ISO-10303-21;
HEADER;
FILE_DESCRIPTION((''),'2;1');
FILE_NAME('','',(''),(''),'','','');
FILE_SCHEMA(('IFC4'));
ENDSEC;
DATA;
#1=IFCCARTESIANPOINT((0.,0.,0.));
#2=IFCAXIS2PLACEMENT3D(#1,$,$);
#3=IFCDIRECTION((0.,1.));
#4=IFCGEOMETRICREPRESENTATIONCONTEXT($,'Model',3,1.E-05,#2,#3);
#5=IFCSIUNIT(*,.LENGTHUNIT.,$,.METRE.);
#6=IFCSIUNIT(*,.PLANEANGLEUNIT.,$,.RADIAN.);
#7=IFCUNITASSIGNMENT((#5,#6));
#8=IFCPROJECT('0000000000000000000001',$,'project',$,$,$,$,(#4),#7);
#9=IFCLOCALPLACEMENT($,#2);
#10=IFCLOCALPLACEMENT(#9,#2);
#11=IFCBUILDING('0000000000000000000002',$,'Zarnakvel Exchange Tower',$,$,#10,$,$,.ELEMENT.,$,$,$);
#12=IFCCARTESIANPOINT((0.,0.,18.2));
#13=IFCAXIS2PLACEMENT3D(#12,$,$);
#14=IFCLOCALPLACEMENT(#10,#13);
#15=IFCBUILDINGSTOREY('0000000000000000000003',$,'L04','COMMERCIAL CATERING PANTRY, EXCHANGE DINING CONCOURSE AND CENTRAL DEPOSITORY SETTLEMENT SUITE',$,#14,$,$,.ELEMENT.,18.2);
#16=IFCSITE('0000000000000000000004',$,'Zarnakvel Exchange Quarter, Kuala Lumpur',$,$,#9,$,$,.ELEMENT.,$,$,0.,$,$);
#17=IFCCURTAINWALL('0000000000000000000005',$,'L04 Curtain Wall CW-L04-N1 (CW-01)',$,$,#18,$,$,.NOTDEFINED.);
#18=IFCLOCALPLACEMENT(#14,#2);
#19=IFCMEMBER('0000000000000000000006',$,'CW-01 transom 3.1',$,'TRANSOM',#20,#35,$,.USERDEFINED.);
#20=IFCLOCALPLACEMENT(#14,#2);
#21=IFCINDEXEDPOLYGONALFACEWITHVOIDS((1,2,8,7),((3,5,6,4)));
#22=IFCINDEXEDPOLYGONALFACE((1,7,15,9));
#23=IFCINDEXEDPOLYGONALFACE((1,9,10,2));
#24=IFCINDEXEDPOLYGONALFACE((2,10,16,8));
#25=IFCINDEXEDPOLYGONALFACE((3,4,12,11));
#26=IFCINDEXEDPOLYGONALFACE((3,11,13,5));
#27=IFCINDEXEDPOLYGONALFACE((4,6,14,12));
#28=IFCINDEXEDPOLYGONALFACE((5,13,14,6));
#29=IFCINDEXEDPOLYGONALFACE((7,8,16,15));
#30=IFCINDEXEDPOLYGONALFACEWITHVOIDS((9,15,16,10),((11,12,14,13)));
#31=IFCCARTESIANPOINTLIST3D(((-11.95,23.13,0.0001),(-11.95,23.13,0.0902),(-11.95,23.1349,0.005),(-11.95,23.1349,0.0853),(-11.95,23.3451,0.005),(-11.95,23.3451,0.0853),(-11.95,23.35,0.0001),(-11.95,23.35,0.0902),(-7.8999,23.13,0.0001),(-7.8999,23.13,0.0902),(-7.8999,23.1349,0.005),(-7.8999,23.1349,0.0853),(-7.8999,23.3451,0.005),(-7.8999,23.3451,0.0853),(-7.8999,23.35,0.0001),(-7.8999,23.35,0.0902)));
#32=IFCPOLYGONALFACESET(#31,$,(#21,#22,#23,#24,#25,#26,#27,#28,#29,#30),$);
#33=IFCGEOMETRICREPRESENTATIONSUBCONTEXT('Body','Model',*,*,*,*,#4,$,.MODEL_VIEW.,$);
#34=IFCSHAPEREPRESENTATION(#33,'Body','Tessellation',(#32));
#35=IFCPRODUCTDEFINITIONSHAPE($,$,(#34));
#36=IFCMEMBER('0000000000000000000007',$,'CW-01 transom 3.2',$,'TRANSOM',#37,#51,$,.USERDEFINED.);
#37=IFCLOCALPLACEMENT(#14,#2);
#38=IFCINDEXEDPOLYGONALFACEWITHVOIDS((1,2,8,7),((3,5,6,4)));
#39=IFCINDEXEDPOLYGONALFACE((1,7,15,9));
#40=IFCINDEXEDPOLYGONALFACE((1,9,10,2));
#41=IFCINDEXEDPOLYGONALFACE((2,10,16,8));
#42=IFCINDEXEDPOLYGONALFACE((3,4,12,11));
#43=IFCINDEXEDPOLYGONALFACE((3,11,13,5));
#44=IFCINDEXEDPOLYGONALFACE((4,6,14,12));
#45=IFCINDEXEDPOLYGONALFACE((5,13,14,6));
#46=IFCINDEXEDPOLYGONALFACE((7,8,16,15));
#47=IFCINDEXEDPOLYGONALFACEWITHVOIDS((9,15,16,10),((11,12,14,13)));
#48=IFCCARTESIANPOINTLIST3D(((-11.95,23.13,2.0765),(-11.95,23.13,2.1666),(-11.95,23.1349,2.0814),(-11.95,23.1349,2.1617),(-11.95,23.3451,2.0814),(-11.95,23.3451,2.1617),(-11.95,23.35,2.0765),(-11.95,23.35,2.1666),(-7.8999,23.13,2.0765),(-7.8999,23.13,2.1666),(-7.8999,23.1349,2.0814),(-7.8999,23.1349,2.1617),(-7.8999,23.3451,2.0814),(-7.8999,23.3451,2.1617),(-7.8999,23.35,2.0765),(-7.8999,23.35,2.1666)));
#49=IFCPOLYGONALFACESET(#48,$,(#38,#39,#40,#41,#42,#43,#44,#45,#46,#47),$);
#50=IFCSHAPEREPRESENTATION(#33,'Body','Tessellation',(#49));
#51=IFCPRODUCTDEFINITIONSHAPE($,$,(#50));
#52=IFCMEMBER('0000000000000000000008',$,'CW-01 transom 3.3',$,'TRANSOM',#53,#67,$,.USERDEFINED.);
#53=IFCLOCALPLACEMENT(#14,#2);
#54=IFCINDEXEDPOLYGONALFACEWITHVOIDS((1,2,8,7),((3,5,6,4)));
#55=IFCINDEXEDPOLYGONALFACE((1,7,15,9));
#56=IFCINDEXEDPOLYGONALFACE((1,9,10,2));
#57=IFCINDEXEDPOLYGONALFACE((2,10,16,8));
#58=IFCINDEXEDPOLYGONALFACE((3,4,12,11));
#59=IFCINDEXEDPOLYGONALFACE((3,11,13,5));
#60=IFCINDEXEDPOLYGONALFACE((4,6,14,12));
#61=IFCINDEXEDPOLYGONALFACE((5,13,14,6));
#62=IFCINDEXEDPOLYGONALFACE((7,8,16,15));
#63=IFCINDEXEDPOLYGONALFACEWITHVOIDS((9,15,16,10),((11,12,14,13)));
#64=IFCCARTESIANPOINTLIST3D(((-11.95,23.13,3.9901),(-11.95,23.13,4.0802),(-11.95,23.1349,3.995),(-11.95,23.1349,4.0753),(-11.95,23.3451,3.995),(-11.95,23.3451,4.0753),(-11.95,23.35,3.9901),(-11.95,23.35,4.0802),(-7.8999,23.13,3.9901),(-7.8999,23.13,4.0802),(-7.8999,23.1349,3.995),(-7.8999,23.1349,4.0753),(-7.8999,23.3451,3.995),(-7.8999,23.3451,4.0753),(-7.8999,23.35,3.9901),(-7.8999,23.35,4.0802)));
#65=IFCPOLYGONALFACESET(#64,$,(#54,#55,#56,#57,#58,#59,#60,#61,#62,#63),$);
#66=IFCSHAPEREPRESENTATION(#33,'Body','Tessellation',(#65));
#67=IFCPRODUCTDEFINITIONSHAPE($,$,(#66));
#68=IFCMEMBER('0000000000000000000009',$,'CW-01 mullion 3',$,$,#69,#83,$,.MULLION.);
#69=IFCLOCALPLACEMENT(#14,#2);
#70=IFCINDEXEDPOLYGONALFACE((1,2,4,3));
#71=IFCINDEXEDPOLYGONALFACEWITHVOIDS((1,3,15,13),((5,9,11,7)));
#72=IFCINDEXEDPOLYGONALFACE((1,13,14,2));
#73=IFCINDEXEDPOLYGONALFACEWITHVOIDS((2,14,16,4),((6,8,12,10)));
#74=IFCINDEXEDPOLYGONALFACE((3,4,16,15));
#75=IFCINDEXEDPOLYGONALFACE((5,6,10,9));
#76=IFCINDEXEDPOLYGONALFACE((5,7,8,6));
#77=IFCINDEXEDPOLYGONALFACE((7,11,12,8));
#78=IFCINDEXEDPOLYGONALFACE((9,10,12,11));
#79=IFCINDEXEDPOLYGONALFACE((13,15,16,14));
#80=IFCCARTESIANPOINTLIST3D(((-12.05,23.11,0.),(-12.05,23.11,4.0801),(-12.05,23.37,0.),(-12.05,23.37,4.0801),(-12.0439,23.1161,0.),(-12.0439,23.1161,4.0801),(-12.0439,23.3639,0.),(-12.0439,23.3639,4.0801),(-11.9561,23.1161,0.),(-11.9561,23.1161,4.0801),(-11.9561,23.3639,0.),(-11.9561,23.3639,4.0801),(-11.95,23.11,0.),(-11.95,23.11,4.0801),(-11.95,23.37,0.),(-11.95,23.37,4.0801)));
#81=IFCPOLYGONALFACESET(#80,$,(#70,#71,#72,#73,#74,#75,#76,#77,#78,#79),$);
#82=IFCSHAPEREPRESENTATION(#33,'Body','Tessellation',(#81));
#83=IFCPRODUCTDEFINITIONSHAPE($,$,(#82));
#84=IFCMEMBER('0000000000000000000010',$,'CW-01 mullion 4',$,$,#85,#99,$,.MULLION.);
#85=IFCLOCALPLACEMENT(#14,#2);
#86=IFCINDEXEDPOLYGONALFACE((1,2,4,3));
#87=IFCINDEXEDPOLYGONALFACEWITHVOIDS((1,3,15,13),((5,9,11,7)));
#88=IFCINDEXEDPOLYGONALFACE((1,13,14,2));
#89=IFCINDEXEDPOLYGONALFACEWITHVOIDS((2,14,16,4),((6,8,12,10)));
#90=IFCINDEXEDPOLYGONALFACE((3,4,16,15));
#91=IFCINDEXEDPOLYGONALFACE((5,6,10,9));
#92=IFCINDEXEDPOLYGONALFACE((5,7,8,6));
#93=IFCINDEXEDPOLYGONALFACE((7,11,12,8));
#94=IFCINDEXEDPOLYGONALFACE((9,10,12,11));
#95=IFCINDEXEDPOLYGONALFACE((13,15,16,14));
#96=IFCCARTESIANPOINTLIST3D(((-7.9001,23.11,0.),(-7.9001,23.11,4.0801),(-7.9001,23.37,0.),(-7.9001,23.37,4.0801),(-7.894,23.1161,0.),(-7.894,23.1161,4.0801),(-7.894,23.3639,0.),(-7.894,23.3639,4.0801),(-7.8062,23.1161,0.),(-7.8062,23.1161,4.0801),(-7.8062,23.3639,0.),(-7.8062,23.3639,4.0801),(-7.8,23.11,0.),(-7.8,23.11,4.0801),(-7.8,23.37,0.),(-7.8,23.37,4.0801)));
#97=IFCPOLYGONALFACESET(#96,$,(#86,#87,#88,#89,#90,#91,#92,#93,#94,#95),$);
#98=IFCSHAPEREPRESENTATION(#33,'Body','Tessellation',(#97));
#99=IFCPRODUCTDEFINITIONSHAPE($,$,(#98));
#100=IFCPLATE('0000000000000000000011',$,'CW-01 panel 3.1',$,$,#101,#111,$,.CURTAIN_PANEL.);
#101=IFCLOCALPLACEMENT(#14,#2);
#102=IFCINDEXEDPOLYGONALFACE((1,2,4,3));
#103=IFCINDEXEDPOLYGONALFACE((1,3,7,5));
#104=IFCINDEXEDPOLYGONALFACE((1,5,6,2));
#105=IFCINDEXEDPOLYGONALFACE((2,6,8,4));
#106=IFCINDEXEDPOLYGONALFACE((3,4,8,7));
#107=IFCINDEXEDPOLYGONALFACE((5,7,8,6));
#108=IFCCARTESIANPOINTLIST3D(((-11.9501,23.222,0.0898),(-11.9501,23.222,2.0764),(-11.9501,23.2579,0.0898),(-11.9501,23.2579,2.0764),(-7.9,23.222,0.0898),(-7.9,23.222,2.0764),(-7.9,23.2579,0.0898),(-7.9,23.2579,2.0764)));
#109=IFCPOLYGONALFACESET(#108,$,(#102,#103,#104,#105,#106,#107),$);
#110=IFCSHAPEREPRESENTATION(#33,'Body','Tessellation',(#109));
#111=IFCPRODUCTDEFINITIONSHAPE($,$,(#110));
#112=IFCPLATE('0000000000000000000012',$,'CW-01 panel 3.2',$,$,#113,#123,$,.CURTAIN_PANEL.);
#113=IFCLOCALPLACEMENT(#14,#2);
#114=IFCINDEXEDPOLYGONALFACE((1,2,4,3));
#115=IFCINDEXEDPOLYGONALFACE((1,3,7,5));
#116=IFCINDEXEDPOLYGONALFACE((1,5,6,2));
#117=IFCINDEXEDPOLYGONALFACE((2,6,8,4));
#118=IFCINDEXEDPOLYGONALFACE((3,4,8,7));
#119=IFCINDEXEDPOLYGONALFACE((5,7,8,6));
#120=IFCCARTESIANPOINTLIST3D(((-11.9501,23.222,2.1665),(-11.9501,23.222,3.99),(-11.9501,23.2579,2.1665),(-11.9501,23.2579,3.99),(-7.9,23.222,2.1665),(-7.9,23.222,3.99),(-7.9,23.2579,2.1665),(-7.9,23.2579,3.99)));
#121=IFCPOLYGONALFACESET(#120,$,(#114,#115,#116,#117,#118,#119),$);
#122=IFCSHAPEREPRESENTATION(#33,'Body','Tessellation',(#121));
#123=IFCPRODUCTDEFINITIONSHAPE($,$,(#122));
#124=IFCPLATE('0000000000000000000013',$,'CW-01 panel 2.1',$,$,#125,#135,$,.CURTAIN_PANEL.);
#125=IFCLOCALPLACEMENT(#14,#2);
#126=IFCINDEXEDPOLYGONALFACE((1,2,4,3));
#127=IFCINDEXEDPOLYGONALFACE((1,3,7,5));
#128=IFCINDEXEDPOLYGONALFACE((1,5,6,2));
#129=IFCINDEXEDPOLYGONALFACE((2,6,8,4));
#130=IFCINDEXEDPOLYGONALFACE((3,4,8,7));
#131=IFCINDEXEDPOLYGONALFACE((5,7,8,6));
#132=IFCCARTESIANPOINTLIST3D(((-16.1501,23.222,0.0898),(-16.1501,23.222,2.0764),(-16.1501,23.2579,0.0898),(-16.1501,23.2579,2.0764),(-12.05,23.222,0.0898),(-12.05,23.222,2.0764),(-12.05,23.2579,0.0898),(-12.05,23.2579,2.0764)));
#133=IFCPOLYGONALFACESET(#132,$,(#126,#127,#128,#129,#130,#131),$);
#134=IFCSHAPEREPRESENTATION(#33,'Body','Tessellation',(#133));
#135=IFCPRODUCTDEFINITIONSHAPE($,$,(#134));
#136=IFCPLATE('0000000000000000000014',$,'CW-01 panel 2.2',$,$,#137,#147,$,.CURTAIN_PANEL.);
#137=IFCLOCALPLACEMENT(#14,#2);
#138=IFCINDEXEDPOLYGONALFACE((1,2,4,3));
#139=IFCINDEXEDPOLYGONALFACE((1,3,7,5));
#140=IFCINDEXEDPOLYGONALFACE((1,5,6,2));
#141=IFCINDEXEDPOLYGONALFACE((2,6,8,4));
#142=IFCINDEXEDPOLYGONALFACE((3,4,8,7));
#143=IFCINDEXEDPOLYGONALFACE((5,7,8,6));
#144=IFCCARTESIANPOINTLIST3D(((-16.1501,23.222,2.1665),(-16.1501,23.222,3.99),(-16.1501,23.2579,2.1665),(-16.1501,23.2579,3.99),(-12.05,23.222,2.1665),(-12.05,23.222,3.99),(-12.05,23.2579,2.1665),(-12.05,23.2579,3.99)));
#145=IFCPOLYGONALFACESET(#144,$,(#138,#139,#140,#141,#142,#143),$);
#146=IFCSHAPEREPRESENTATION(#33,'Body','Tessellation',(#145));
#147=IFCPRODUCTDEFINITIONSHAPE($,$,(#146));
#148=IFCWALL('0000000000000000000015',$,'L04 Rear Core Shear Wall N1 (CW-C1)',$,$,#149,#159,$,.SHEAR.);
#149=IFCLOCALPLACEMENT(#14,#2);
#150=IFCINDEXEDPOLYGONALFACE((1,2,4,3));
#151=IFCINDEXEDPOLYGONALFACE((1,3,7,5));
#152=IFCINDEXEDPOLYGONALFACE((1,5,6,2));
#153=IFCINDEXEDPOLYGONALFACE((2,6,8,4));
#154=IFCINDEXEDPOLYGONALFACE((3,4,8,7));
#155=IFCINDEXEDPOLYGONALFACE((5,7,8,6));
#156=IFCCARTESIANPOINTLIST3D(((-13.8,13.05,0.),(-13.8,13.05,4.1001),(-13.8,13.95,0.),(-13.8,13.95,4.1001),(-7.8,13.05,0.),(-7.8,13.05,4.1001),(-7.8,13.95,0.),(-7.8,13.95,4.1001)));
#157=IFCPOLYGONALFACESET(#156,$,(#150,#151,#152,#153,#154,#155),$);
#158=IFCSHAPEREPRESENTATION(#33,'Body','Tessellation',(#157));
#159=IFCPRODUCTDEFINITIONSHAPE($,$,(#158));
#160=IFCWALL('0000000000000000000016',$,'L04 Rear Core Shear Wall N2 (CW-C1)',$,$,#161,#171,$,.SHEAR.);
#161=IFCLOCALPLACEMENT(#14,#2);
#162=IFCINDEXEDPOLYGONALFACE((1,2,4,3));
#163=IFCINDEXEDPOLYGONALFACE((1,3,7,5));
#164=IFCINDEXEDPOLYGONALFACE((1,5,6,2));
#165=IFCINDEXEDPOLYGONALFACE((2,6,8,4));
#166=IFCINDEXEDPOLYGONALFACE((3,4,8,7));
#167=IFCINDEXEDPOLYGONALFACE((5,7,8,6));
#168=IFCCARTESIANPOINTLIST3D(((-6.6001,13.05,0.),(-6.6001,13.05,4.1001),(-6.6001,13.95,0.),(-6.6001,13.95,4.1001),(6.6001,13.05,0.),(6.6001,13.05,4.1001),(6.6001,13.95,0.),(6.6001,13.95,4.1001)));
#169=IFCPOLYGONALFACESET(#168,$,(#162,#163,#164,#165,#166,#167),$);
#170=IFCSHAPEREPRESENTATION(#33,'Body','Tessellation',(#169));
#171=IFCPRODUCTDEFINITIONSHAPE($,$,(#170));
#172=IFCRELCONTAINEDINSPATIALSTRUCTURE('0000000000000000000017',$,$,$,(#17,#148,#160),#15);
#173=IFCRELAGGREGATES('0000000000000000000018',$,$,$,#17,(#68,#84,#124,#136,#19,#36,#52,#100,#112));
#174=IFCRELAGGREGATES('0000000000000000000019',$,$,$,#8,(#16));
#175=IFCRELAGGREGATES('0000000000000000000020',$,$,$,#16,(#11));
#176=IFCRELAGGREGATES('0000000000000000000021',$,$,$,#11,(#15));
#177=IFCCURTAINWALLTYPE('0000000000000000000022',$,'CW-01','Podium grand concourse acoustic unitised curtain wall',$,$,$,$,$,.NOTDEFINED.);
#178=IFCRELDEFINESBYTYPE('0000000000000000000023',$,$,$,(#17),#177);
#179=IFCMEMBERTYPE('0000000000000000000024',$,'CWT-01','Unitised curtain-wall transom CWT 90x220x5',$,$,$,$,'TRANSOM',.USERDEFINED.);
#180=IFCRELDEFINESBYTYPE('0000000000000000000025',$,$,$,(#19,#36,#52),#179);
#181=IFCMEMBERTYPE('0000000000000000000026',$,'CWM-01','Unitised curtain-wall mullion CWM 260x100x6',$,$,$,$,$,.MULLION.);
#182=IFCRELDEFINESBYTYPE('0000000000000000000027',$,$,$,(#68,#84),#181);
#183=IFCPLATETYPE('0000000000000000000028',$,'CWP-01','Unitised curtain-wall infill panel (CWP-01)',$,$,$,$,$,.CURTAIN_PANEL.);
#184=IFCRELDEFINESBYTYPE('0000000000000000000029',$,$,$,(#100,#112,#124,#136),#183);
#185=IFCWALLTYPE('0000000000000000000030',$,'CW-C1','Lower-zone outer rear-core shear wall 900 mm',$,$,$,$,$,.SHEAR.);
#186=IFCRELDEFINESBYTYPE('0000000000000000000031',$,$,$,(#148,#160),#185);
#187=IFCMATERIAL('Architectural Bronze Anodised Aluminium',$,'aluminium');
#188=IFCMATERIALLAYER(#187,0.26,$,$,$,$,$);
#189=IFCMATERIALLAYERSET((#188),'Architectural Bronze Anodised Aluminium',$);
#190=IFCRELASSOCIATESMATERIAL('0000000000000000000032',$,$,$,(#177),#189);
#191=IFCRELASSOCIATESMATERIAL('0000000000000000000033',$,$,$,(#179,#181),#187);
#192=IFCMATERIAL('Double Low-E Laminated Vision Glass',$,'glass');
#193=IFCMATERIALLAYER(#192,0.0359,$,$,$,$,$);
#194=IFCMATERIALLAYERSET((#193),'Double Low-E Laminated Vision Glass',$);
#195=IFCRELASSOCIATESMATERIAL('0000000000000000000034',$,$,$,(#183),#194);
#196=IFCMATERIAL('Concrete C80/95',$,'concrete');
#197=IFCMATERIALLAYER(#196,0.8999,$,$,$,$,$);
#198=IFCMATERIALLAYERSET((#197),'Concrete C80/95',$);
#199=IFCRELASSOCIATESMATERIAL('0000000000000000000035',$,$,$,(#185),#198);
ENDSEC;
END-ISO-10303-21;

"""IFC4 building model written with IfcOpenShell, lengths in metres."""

from ifc_helpers import new_model, si_unit, direction, frame, frame_2d, origin, origin_2d, place, context, subcontext, project, spatial, rectangle, hollow_rectangle, extrude, source, transform, mapped, material, layer, layer_set, material_profile, profile_set, type_object, element, aggregate, save


model = new_model("IFC4")

# Units and contexts
model_context = context("Model", 3, precision=1e-05, world=origin(), true_north=direction((0.0, 1.0)))
body_context = subcontext(model_context, "Body", "Model", "MODEL_VIEW")
ifc_project = project(units=[si_unit("LENGTHUNIT", "METRE"), si_unit("PLANEANGLEUNIT", "RADIAN")], contexts=[model_context])

# Site, building, storey
site_placement = place(None, origin())
site = spatial("IfcSite", under=ifc_project, at=site_placement, Name="Zarnakvel Exchange Quarter, Kuala Lumpur", CompositionType="ELEMENT", RefElevation=0.0)
building_placement = place(site_placement, origin())
building = spatial("IfcBuilding", under=site, at=building_placement, Name="Zarnakvel Exchange Tower", CompositionType="ELEMENT")
storey_placement = place(building_placement, frame((0.0, 0.0, 18.2)))
storey = spatial("IfcBuildingStorey", under=building, at=storey_placement, Name="L04", Description="COMMERCIAL CATERING PANTRY, EXCHANGE DINING CONCOURSE AND CENTRAL DEPOSITORY SETTLEMENT SUITE", CompositionType="ELEMENT", Elevation=18.2)

# Shared definitions
ifc_material_1 = material(Name="Concrete C80/95", Category="concrete")

# Curtain wall, members, plates
ifc_material_2 = material(Name="Architectural Bronze Anodised Aluminium", Category="aluminium")
ifc_layer_1 = layer(ifc_material_2, 0.26)
ifc_layer_set_1 = layer_set([ifc_layer_1], Name="Architectural Bronze Anodised Aluminium")
curtain_wall_type = type_object("IfcCurtainWallType", Name="CW-01", Description="Podium grand concourse acoustic unitised curtain wall", PredefinedType="NOTDEFINED", material=ifc_layer_set_1)
curtain_wall_placement = place(storey_placement, origin())
curtain_wall = element("IfcCurtainWall", 1, at=curtain_wall_placement, inside=storey, type_object=curtain_wall_type, Name="L04 Curtain Wall CW-L04-N1 (CW-01)", PredefinedType="NOTDEFINED")
ifc_material_profile_1 = material_profile(ifc_material_2, hollow_rectangle(XDim=0.22, YDim=0.0901, WallThickness=0.0049, at=origin_2d()))
ifc_profile_set_1 = profile_set([ifc_material_profile_1], Name="Architectural Bronze Anodised Aluminium")
member_type_1 = type_object("IfcMemberType", Name="CWT-01", Description="Unitised curtain-wall transom CWT 90x220x5", ElementType="TRANSOM", PredefinedType="USERDEFINED", material=ifc_profile_set_1)
shared_shape_1 = source(origin(), body_context, "Body", "SweptSolid", [
    extrude(hollow_rectangle(XDim=0.22, YDim=0.0901, WallThickness=0.0049, at=origin_2d()), origin(), (0.0, 0.0, 1.0), 4.05),
])
member_1_placement = place(storey_placement, frame((-11.95, 23.24, 0.0452), z_axis=(1.0, 0.0, 0.0), x_axis=(0.0, 1.0, 0.0)))
member_1 = element("IfcMember", 2, at=member_1_placement, type_object=member_type_1, Name="CW-01 transom 3.1", ObjectType="TRANSOM", PredefinedType="USERDEFINED", context=body_context, shape_type="MappedRepresentation", body=[
    mapped(shared_shape_1, transform((0.0, 0.0, 0.0), x_axis=(1.0, 0.0, 0.0), y_axis=(0.0, 1.0, 0.0), z_axis=(0.0, 0.0, 1.0), scale=1.0)),
])
member_2_placement = place(storey_placement, frame((-11.95, 23.24, 2.1216), z_axis=(1.0, 0.0, 0.0), x_axis=(0.0, 1.0, 0.0)))
member_2 = element("IfcMember", 3, at=member_2_placement, type_object=member_type_1, Name="CW-01 transom 3.2", ObjectType="TRANSOM", PredefinedType="USERDEFINED", context=body_context, shape_type="MappedRepresentation", body=[
    mapped(shared_shape_1, transform((0.0, 0.0, 0.0), x_axis=(1.0, 0.0, 0.0), y_axis=(0.0, 1.0, 0.0), z_axis=(0.0, 0.0, 1.0), scale=1.0)),
])
member_3_placement = place(storey_placement, frame((-11.95, 23.24, 4.0352), z_axis=(1.0, 0.0, 0.0), x_axis=(0.0, 1.0, 0.0)))
member_3 = element("IfcMember", 4, at=member_3_placement, type_object=member_type_1, Name="CW-01 transom 3.3", ObjectType="TRANSOM", PredefinedType="USERDEFINED", context=body_context, shape_type="MappedRepresentation", body=[
    mapped(shared_shape_1, transform((0.0, 0.0, 0.0), x_axis=(1.0, 0.0, 0.0), y_axis=(0.0, 1.0, 0.0), z_axis=(0.0, 0.0, 1.0), scale=1.0)),
])
ifc_material_profile_2 = material_profile(ifc_material_2, hollow_rectangle(XDim=0.26, YDim=0.1001, WallThickness=0.0061, at=origin_2d()))
ifc_profile_set_2 = profile_set([ifc_material_profile_2], Name="Architectural Bronze Anodised Aluminium")
member_type_2 = type_object("IfcMemberType", Name="CWM-01", Description="Unitised curtain-wall mullion CWM 260x100x6", PredefinedType="MULLION", material=ifc_profile_set_2)
shared_shape_2 = source(origin(), body_context, "Body", "SweptSolid", [
    extrude(hollow_rectangle(XDim=0.26, YDim=0.1001, WallThickness=0.0061, at=origin_2d()), origin(), (0.0, 0.0, 1.0), 4.0801),
])
member_4_placement = place(storey_placement, frame((-12.0, 23.24, 0.0), z_axis=(0.0, 0.0, 1.0), x_axis=(0.0, 1.0, 0.0)))
member_4 = element("IfcMember", 5, at=member_4_placement, type_object=member_type_2, Name="CW-01 mullion 3", PredefinedType="MULLION", context=body_context, shape_type="MappedRepresentation", body=[
    mapped(shared_shape_2, transform((0.0, 0.0, 0.0), x_axis=(1.0, 0.0, 0.0), y_axis=(0.0, 1.0, 0.0), z_axis=(0.0, 0.0, 1.0), scale=1.0)),
])
member_5_placement = place(storey_placement, frame((-7.8501, 23.24, 0.0), z_axis=(0.0, 0.0, 1.0), x_axis=(0.0, 1.0, 0.0)))
member_5 = element("IfcMember", 6, at=member_5_placement, type_object=member_type_2, Name="CW-01 mullion 4", PredefinedType="MULLION", context=body_context, shape_type="MappedRepresentation", body=[
    mapped(shared_shape_2, transform((0.0, 0.0, 0.0), x_axis=(1.0, 0.0, 0.0), y_axis=(0.0, 1.0, 0.0), z_axis=(0.0, 0.0, 1.0), scale=1.0)),
])
ifc_material_3 = material(Name="Double Low-E Laminated Vision Glass", Category="glass")
ifc_layer_2 = layer(ifc_material_3, 0.0359)
ifc_layer_set_2 = layer_set([ifc_layer_2], Name="Double Low-E Laminated Vision Glass")
plate_type = type_object("IfcPlateType", Name="CWP-01", Description="Unitised curtain-wall infill panel (CWP-01)", PredefinedType="CURTAIN_PANEL", material=ifc_layer_set_2)
shared_shape_3 = source(origin(), body_context, "Body", "SweptSolid", [
    extrude(rectangle(XDim=4.05, YDim=0.0359, at=origin_2d()), origin(), (0.0, 0.0, 1.0), 1.9866),
])
plate_1_placement = place(storey_placement, frame((-9.925, 23.24, 0.0898), z_axis=(0.0, 0.0, 1.0), x_axis=(1.0, 0.0, 0.0)))
plate_1 = element("IfcPlate", 7, at=plate_1_placement, type_object=plate_type, Name="CW-01 panel 3.1", PredefinedType="CURTAIN_PANEL", context=body_context, shape_type="MappedRepresentation", body=[
    mapped(shared_shape_3, transform((0.0, 0.0, 0.0), x_axis=(1.0, 0.0, 0.0), y_axis=(0.0, 1.0, 0.0), z_axis=(0.0, 0.0, 1.0), scale=1.0)),
])
shared_shape_4 = source(origin(), body_context, "Body", "SweptSolid", [
    extrude(rectangle(XDim=4.05, YDim=0.0359, at=origin_2d()), origin(), (0.0, 0.0, 1.0), 1.8235),
])
plate_2_placement = place(storey_placement, frame((-9.925, 23.24, 2.1665), z_axis=(0.0, 0.0, 1.0), x_axis=(1.0, 0.0, 0.0)))
plate_2 = element("IfcPlate", 8, at=plate_2_placement, type_object=plate_type, Name="CW-01 panel 3.2", PredefinedType="CURTAIN_PANEL", context=body_context, shape_type="MappedRepresentation", body=[
    mapped(shared_shape_4, transform((0.0, 0.0, 0.0), x_axis=(1.0, 0.0, 0.0), y_axis=(0.0, 1.0, 0.0), z_axis=(0.0, 0.0, 1.0), scale=1.0)),
])
shared_shape_5 = source(origin(), body_context, "Body", "SweptSolid", [
    extrude(rectangle(XDim=4.1001, YDim=0.0359, at=origin_2d()), origin(), (0.0, 0.0, 1.0), 1.9866),
])
plate_3_placement = place(storey_placement, frame((-14.1001, 23.24, 0.0898), z_axis=(0.0, 0.0, 1.0), x_axis=(1.0, 0.0, 0.0)))
plate_3 = element("IfcPlate", 9, at=plate_3_placement, type_object=plate_type, Name="CW-01 panel 2.1", PredefinedType="CURTAIN_PANEL", context=body_context, shape_type="MappedRepresentation", body=[
    mapped(shared_shape_5, transform((0.0, 0.0, 0.0), x_axis=(1.0, 0.0, 0.0), y_axis=(0.0, 1.0, 0.0), z_axis=(0.0, 0.0, 1.0), scale=1.0)),
])
shared_shape_6 = source(origin(), body_context, "Body", "SweptSolid", [
    extrude(rectangle(XDim=4.1001, YDim=0.0359, at=origin_2d()), origin(), (0.0, 0.0, 1.0), 1.8235),
])
plate_4_placement = place(storey_placement, frame((-14.1001, 23.24, 2.1665), z_axis=(0.0, 0.0, 1.0), x_axis=(1.0, 0.0, 0.0)))
plate_4 = element("IfcPlate", 10, at=plate_4_placement, type_object=plate_type, Name="CW-01 panel 2.2", PredefinedType="CURTAIN_PANEL", context=body_context, shape_type="MappedRepresentation", body=[
    mapped(shared_shape_6, transform((0.0, 0.0, 0.0), x_axis=(1.0, 0.0, 0.0), y_axis=(0.0, 1.0, 0.0), z_axis=(0.0, 0.0, 1.0), scale=1.0)),
])
aggregate(curtain_wall, [member_4, member_5, plate_3, plate_4, member_1, member_2, member_3, plate_1, plate_2])

# Walls
ifc_layer_3 = layer(ifc_material_1, 0.8999)
ifc_layer_set_3 = layer_set([ifc_layer_3], Name="Concrete C80/95")
wall_type_1 = type_object("IfcWallType", Name="CW-C1", Description="Lower-zone outer rear-core shear wall 900 mm", PredefinedType="SHEAR", material=ifc_layer_set_3)
wall_1_placement = place(storey_placement, frame((-13.8, 13.5, 0.0), z_axis=(0.0, 0.0, 1.0), x_axis=(1.0, 0.0, 0.0)))
element("IfcWall", 11, at=wall_1_placement, inside=storey, type_object=wall_type_1, Name="L04 Rear Core Shear Wall N1 (CW-C1)", PredefinedType="SHEAR", context=body_context, shape_type="SweptSolid", body=[
    extrude(rectangle(XDim=6.0, YDim=0.8999, at=frame_2d((3.0, 0.0))), origin(), (0.0, 0.0, 1.0), 4.1001),
])
wall_2_placement = place(storey_placement, frame((-6.6001, 13.5, 0.0), z_axis=(0.0, 0.0, 1.0), x_axis=(1.0, 0.0, 0.0)))
element("IfcWall", 12, at=wall_2_placement, inside=storey, type_object=wall_type_1, Name="L04 Rear Core Shear Wall N2 (CW-C1)", PredefinedType="SHEAR", context=body_context, shape_type="SweptSolid", body=[
    extrude(rectangle(XDim=13.2002, YDim=0.8999, at=frame_2d((6.6001, 0.0))), origin(), (0.0, 0.0, 1.0), 4.1001),
])

save(model, "model.ifc")
